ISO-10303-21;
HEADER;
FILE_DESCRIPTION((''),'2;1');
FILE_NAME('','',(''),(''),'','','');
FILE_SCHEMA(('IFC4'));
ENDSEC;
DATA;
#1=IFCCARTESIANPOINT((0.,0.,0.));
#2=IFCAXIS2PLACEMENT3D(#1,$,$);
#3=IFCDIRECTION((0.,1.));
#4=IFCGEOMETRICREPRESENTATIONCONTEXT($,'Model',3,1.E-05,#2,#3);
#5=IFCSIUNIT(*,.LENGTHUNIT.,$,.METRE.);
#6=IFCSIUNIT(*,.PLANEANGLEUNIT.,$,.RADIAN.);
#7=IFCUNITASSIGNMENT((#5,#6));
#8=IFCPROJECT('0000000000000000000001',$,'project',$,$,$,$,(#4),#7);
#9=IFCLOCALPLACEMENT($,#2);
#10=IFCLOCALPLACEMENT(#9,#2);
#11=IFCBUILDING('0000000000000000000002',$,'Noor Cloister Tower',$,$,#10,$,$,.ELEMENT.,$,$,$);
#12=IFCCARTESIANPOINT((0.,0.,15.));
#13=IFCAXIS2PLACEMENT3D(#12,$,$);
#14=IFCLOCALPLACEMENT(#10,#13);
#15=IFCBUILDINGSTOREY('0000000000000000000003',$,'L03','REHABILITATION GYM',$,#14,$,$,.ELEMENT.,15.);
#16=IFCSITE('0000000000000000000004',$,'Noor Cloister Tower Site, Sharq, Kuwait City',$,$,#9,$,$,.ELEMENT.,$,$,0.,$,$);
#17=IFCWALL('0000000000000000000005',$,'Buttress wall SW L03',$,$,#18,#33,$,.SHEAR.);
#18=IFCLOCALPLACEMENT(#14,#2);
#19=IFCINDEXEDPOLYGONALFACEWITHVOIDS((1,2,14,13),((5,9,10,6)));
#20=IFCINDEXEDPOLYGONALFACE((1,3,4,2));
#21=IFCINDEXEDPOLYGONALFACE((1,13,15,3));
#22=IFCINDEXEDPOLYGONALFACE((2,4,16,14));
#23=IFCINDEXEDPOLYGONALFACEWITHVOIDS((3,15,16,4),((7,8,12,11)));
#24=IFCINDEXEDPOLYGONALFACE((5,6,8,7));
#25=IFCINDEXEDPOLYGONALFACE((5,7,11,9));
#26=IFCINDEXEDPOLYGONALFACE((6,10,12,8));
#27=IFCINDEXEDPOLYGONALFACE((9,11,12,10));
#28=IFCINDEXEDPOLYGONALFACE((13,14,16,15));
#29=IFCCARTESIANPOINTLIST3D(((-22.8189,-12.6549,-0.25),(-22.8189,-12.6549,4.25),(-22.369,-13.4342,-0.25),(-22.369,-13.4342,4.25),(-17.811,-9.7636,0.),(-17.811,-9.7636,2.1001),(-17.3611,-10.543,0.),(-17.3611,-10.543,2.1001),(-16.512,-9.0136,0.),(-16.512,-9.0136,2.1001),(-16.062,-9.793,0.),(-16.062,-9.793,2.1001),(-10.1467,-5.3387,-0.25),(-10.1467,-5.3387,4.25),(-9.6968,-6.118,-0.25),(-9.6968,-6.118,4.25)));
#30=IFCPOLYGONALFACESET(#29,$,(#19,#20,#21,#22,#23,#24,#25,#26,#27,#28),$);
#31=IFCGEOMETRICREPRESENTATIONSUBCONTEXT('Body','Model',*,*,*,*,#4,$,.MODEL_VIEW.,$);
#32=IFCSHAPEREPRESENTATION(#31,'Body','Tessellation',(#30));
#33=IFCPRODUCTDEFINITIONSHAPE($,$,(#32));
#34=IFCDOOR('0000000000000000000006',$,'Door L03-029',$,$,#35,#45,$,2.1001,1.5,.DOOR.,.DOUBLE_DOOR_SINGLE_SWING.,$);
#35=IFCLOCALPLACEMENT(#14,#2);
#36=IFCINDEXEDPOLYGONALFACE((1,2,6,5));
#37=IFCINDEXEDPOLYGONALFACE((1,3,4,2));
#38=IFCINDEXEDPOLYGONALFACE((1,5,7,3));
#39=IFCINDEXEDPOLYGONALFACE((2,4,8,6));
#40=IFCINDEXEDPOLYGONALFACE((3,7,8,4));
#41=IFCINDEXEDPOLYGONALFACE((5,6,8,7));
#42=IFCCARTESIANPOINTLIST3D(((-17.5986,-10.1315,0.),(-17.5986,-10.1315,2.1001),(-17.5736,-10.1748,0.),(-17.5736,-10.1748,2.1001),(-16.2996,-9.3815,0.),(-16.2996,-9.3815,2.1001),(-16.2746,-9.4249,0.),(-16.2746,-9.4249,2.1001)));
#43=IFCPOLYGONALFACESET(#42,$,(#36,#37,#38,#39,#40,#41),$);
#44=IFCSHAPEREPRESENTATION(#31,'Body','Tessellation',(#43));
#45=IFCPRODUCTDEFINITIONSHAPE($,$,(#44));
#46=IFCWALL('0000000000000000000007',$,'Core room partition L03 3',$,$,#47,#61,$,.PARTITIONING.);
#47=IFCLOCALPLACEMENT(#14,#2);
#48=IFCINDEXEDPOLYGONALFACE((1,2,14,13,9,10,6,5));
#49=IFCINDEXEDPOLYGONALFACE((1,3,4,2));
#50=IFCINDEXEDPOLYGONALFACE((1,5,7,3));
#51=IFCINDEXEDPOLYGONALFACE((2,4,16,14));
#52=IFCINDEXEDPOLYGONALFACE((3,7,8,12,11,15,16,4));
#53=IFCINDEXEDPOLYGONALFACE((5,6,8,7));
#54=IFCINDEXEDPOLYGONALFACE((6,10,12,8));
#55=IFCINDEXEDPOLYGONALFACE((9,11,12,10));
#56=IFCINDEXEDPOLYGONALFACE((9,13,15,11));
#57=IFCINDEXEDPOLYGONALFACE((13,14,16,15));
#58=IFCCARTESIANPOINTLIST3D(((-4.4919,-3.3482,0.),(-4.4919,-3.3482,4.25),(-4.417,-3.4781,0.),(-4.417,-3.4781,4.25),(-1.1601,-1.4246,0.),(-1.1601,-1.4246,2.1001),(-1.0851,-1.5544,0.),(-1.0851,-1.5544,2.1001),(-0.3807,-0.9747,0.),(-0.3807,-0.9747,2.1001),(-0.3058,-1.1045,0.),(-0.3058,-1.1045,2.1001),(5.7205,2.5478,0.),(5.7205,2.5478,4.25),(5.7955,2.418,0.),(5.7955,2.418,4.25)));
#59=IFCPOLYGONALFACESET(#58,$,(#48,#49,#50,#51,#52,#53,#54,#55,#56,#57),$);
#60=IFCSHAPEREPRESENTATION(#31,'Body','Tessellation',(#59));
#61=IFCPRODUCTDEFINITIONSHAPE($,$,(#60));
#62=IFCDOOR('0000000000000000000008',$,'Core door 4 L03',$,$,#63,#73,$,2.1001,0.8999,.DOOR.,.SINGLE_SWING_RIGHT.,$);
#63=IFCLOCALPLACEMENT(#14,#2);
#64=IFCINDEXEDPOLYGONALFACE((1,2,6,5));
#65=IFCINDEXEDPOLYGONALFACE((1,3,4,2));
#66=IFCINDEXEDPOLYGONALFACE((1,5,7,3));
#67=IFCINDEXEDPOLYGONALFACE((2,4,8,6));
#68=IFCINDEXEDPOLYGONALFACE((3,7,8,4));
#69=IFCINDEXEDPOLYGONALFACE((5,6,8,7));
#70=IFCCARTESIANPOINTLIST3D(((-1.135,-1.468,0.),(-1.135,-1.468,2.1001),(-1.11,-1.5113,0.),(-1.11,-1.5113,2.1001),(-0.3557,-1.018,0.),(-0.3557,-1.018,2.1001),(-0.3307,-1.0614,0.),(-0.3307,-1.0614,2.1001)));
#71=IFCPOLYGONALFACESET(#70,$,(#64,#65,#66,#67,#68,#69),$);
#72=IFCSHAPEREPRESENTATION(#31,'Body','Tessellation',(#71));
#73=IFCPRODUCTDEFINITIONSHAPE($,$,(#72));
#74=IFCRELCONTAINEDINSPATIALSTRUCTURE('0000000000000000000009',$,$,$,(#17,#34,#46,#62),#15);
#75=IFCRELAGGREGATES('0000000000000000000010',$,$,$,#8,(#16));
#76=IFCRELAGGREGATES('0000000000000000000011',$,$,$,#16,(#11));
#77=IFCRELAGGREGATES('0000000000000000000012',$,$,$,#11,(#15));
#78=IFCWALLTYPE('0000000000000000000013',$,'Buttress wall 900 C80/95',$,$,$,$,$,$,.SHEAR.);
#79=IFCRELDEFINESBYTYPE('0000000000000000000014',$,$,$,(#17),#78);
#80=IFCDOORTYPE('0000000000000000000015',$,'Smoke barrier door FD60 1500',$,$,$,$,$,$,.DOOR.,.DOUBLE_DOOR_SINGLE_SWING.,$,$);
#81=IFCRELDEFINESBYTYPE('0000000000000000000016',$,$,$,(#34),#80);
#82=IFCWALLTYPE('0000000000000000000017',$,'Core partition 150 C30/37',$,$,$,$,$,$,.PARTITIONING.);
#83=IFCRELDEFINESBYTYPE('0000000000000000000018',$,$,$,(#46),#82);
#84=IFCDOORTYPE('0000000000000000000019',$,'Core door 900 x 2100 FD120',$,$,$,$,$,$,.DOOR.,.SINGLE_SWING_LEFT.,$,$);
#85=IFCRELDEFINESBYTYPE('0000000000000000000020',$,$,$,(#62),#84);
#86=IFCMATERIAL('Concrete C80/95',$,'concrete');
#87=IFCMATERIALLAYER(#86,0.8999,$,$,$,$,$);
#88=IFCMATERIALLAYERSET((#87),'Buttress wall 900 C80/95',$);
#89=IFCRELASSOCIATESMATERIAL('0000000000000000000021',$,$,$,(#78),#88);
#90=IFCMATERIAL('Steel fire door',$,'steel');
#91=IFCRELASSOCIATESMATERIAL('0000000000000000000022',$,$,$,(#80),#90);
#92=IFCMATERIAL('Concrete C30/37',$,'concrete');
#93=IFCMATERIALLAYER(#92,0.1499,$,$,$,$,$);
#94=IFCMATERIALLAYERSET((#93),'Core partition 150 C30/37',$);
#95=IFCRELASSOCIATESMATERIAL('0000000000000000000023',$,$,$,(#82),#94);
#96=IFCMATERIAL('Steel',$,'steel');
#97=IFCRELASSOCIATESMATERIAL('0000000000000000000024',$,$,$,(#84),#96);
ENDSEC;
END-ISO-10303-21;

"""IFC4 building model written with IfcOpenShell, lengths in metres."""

from ifc_helpers import new_model, si_unit, direction, frame, frame_2d, origin, place, context, subcontext, project, spatial, rectangle, extrude, material, layer, layer_set, type_object, element, fill, save


model = new_model("IFC4")

# Units and contexts
model_context = context("Model", 3, precision=1e-05, world=origin(), true_north=direction((0.0, 1.0)))
body_context = subcontext(model_context, "Body", "Model", "MODEL_VIEW")
ifc_project = project(units=[si_unit("LENGTHUNIT", "METRE"), si_unit("PLANEANGLEUNIT", "RADIAN")], contexts=[model_context])

# Site, building, storey
site_placement = place(None, origin())
site = spatial("IfcSite", under=ifc_project, at=site_placement, Name="Noor Cloister Tower Site, Sharq, Kuwait City", CompositionType="ELEMENT", RefElevation=0.0)
building_placement = place(site_placement, origin())
building = spatial("IfcBuilding", under=site, at=building_placement, Name="Noor Cloister Tower", CompositionType="ELEMENT")
storey_placement = place(building_placement, frame((0.0, 0.0, 15.0)))
storey = spatial("IfcBuildingStorey", under=building, at=storey_placement, Name="L03", Description="REHABILITATION GYM", CompositionType="ELEMENT", Elevation=15.0)

# Walls, openings, doors
ifc_material_1 = material(Name="Concrete C80/95", Category="concrete")
ifc_layer_1 = layer(ifc_material_1, 0.8999)
ifc_layer_set_1 = layer_set([ifc_layer_1], Name="Buttress wall 900 C80/95")
wall_type_1 = type_object("IfcWallType", Name="Buttress wall 900 C80/95", PredefinedType="SHEAR", material=ifc_layer_set_1)
wall_1_placement = place(storey_placement, frame((-9.9216, -5.7283, -0.25), z_axis=(0.0, 0.0, 1.0), x_axis=(-0.866028, -0.499995, 0.0)))
wall_1 = element("IfcWall", 1, at=wall_1_placement, inside=storey, type_object=wall_type_1, Name="Buttress wall SW L03", PredefinedType="SHEAR", context=body_context, shape_type="SweptSolid", body=[
    extrude(rectangle(XDim=14.6326, YDim=0.8999, at=frame_2d((7.3164, 0.0))), origin(), (0.0, 0.0, 1.0), 4.5),
])
opening_1_placement = place(wall_1_placement, frame((7.3501, 0.0, 0.25)))
opening_1 = element("IfcOpeningElement", 2, at=opening_1_placement, cuts=wall_1, PredefinedType="OPENING", context=body_context, shape_type="SweptSolid", body=[
    extrude(rectangle(XDim=1.5, YDim=2.1001, at=frame_2d((0.75, 1.05))), frame((0.0, 0.46, 0.0), z_axis=(0.0, -1.0, 0.0), x_axis=(1.0, 0.0, 0.0)), (0.0, 0.0, 1.0), 0.9199),
])
ifc_material_2 = material(Name="Steel fire door", Category="steel")
door_type_1 = type_object("IfcDoorType", Name="Smoke barrier door FD60 1500", OperationType="DOUBLE_DOOR_SINGLE_SWING", PredefinedType="DOOR", material=ifc_material_2)
door_1_placement = place(opening_1_placement, origin())
door_1 = element("IfcDoor", 3, at=door_1_placement, inside=storey, type_object=door_type_1, Name="Door L03-029", OperationType="DOUBLE_DOOR_SINGLE_SWING", OverallHeight=2.1001, OverallWidth=1.5, PredefinedType="DOOR", context=body_context, shape_type="SweptSolid", body=[
    extrude(rectangle(XDim=1.5, YDim=2.1001, at=frame_2d((0.75, 1.05))), frame((0.0, 0.0249, 0.0), z_axis=(0.0, -1.0, 0.0), x_axis=(1.0, 0.0, 0.0)), (0.0, 0.0, 1.0), 0.05),
])
fill(opening_1, door_1)
ifc_material_3 = material(Name="Concrete C30/37", Category="concrete")
ifc_layer_2 = layer(ifc_material_3, 0.1499)
ifc_layer_set_2 = layer_set([ifc_layer_2], Name="Core partition 150 C30/37")
wall_type_2 = type_object("IfcWallType", Name="Core partition 150 C30/37", PredefinedType="PARTITIONING", material=ifc_layer_set_2)
wall_2_placement = place(storey_placement, frame((-4.4543, -3.4131, 0.0), z_axis=(0.0, 0.0, 1.0), x_axis=(0.86603, 0.499991, 0.0)))
wall_2 = element("IfcWall", 4, at=wall_2_placement, inside=storey, type_object=wall_type_2, Name="Core room partition L03 3", PredefinedType="PARTITIONING", context=body_context, shape_type="SweptSolid", body=[
    extrude(rectangle(XDim=11.7922, YDim=0.1499, at=frame_2d((5.896, 0.0))), origin(), (0.0, 0.0, 1.0), 4.25),
])
opening_2_placement = place(wall_2_placement, frame((3.8472, 0.0, 0.0)))
opening_2 = element("IfcOpeningElement", 5, at=opening_2_placement, cuts=wall_2, PredefinedType="OPENING", context=body_context, shape_type="SweptSolid", body=[
    extrude(rectangle(XDim=0.8999, YDim=2.1001, at=frame_2d((0.45, 1.05))), frame((0.0, 0.085, 0.0), z_axis=(0.0, -1.0, 0.0), x_axis=(1.0, 0.0, 0.0)), (0.0, 0.0, 1.0), 0.1699),
])
ifc_material_4 = material(Name="Steel", Category="steel")
door_type_2 = type_object("IfcDoorType", Name="Core door 900 x 2100 FD120", OperationType="SINGLE_SWING_LEFT", PredefinedType="DOOR", material=ifc_material_4)
door_2_placement = place(opening_2_placement, origin())
door_2 = element("IfcDoor", 6, at=door_2_placement, inside=storey, type_object=door_type_2, Name="Core door 4 L03", OperationType="SINGLE_SWING_RIGHT", OverallHeight=2.1001, OverallWidth=0.8999, PredefinedType="DOOR", context=body_context, shape_type="SweptSolid", body=[
    extrude(rectangle(XDim=0.8999, YDim=2.1001, at=frame_2d((0.45, 1.05))), frame((0.0, 0.0249, 0.0), z_axis=(0.0, -1.0, 0.0), x_axis=(1.0, 0.0, 0.0)), (0.0, 0.0, 1.0), 0.05),
])
fill(opening_2, door_2)

save(model, "model.ifc")
